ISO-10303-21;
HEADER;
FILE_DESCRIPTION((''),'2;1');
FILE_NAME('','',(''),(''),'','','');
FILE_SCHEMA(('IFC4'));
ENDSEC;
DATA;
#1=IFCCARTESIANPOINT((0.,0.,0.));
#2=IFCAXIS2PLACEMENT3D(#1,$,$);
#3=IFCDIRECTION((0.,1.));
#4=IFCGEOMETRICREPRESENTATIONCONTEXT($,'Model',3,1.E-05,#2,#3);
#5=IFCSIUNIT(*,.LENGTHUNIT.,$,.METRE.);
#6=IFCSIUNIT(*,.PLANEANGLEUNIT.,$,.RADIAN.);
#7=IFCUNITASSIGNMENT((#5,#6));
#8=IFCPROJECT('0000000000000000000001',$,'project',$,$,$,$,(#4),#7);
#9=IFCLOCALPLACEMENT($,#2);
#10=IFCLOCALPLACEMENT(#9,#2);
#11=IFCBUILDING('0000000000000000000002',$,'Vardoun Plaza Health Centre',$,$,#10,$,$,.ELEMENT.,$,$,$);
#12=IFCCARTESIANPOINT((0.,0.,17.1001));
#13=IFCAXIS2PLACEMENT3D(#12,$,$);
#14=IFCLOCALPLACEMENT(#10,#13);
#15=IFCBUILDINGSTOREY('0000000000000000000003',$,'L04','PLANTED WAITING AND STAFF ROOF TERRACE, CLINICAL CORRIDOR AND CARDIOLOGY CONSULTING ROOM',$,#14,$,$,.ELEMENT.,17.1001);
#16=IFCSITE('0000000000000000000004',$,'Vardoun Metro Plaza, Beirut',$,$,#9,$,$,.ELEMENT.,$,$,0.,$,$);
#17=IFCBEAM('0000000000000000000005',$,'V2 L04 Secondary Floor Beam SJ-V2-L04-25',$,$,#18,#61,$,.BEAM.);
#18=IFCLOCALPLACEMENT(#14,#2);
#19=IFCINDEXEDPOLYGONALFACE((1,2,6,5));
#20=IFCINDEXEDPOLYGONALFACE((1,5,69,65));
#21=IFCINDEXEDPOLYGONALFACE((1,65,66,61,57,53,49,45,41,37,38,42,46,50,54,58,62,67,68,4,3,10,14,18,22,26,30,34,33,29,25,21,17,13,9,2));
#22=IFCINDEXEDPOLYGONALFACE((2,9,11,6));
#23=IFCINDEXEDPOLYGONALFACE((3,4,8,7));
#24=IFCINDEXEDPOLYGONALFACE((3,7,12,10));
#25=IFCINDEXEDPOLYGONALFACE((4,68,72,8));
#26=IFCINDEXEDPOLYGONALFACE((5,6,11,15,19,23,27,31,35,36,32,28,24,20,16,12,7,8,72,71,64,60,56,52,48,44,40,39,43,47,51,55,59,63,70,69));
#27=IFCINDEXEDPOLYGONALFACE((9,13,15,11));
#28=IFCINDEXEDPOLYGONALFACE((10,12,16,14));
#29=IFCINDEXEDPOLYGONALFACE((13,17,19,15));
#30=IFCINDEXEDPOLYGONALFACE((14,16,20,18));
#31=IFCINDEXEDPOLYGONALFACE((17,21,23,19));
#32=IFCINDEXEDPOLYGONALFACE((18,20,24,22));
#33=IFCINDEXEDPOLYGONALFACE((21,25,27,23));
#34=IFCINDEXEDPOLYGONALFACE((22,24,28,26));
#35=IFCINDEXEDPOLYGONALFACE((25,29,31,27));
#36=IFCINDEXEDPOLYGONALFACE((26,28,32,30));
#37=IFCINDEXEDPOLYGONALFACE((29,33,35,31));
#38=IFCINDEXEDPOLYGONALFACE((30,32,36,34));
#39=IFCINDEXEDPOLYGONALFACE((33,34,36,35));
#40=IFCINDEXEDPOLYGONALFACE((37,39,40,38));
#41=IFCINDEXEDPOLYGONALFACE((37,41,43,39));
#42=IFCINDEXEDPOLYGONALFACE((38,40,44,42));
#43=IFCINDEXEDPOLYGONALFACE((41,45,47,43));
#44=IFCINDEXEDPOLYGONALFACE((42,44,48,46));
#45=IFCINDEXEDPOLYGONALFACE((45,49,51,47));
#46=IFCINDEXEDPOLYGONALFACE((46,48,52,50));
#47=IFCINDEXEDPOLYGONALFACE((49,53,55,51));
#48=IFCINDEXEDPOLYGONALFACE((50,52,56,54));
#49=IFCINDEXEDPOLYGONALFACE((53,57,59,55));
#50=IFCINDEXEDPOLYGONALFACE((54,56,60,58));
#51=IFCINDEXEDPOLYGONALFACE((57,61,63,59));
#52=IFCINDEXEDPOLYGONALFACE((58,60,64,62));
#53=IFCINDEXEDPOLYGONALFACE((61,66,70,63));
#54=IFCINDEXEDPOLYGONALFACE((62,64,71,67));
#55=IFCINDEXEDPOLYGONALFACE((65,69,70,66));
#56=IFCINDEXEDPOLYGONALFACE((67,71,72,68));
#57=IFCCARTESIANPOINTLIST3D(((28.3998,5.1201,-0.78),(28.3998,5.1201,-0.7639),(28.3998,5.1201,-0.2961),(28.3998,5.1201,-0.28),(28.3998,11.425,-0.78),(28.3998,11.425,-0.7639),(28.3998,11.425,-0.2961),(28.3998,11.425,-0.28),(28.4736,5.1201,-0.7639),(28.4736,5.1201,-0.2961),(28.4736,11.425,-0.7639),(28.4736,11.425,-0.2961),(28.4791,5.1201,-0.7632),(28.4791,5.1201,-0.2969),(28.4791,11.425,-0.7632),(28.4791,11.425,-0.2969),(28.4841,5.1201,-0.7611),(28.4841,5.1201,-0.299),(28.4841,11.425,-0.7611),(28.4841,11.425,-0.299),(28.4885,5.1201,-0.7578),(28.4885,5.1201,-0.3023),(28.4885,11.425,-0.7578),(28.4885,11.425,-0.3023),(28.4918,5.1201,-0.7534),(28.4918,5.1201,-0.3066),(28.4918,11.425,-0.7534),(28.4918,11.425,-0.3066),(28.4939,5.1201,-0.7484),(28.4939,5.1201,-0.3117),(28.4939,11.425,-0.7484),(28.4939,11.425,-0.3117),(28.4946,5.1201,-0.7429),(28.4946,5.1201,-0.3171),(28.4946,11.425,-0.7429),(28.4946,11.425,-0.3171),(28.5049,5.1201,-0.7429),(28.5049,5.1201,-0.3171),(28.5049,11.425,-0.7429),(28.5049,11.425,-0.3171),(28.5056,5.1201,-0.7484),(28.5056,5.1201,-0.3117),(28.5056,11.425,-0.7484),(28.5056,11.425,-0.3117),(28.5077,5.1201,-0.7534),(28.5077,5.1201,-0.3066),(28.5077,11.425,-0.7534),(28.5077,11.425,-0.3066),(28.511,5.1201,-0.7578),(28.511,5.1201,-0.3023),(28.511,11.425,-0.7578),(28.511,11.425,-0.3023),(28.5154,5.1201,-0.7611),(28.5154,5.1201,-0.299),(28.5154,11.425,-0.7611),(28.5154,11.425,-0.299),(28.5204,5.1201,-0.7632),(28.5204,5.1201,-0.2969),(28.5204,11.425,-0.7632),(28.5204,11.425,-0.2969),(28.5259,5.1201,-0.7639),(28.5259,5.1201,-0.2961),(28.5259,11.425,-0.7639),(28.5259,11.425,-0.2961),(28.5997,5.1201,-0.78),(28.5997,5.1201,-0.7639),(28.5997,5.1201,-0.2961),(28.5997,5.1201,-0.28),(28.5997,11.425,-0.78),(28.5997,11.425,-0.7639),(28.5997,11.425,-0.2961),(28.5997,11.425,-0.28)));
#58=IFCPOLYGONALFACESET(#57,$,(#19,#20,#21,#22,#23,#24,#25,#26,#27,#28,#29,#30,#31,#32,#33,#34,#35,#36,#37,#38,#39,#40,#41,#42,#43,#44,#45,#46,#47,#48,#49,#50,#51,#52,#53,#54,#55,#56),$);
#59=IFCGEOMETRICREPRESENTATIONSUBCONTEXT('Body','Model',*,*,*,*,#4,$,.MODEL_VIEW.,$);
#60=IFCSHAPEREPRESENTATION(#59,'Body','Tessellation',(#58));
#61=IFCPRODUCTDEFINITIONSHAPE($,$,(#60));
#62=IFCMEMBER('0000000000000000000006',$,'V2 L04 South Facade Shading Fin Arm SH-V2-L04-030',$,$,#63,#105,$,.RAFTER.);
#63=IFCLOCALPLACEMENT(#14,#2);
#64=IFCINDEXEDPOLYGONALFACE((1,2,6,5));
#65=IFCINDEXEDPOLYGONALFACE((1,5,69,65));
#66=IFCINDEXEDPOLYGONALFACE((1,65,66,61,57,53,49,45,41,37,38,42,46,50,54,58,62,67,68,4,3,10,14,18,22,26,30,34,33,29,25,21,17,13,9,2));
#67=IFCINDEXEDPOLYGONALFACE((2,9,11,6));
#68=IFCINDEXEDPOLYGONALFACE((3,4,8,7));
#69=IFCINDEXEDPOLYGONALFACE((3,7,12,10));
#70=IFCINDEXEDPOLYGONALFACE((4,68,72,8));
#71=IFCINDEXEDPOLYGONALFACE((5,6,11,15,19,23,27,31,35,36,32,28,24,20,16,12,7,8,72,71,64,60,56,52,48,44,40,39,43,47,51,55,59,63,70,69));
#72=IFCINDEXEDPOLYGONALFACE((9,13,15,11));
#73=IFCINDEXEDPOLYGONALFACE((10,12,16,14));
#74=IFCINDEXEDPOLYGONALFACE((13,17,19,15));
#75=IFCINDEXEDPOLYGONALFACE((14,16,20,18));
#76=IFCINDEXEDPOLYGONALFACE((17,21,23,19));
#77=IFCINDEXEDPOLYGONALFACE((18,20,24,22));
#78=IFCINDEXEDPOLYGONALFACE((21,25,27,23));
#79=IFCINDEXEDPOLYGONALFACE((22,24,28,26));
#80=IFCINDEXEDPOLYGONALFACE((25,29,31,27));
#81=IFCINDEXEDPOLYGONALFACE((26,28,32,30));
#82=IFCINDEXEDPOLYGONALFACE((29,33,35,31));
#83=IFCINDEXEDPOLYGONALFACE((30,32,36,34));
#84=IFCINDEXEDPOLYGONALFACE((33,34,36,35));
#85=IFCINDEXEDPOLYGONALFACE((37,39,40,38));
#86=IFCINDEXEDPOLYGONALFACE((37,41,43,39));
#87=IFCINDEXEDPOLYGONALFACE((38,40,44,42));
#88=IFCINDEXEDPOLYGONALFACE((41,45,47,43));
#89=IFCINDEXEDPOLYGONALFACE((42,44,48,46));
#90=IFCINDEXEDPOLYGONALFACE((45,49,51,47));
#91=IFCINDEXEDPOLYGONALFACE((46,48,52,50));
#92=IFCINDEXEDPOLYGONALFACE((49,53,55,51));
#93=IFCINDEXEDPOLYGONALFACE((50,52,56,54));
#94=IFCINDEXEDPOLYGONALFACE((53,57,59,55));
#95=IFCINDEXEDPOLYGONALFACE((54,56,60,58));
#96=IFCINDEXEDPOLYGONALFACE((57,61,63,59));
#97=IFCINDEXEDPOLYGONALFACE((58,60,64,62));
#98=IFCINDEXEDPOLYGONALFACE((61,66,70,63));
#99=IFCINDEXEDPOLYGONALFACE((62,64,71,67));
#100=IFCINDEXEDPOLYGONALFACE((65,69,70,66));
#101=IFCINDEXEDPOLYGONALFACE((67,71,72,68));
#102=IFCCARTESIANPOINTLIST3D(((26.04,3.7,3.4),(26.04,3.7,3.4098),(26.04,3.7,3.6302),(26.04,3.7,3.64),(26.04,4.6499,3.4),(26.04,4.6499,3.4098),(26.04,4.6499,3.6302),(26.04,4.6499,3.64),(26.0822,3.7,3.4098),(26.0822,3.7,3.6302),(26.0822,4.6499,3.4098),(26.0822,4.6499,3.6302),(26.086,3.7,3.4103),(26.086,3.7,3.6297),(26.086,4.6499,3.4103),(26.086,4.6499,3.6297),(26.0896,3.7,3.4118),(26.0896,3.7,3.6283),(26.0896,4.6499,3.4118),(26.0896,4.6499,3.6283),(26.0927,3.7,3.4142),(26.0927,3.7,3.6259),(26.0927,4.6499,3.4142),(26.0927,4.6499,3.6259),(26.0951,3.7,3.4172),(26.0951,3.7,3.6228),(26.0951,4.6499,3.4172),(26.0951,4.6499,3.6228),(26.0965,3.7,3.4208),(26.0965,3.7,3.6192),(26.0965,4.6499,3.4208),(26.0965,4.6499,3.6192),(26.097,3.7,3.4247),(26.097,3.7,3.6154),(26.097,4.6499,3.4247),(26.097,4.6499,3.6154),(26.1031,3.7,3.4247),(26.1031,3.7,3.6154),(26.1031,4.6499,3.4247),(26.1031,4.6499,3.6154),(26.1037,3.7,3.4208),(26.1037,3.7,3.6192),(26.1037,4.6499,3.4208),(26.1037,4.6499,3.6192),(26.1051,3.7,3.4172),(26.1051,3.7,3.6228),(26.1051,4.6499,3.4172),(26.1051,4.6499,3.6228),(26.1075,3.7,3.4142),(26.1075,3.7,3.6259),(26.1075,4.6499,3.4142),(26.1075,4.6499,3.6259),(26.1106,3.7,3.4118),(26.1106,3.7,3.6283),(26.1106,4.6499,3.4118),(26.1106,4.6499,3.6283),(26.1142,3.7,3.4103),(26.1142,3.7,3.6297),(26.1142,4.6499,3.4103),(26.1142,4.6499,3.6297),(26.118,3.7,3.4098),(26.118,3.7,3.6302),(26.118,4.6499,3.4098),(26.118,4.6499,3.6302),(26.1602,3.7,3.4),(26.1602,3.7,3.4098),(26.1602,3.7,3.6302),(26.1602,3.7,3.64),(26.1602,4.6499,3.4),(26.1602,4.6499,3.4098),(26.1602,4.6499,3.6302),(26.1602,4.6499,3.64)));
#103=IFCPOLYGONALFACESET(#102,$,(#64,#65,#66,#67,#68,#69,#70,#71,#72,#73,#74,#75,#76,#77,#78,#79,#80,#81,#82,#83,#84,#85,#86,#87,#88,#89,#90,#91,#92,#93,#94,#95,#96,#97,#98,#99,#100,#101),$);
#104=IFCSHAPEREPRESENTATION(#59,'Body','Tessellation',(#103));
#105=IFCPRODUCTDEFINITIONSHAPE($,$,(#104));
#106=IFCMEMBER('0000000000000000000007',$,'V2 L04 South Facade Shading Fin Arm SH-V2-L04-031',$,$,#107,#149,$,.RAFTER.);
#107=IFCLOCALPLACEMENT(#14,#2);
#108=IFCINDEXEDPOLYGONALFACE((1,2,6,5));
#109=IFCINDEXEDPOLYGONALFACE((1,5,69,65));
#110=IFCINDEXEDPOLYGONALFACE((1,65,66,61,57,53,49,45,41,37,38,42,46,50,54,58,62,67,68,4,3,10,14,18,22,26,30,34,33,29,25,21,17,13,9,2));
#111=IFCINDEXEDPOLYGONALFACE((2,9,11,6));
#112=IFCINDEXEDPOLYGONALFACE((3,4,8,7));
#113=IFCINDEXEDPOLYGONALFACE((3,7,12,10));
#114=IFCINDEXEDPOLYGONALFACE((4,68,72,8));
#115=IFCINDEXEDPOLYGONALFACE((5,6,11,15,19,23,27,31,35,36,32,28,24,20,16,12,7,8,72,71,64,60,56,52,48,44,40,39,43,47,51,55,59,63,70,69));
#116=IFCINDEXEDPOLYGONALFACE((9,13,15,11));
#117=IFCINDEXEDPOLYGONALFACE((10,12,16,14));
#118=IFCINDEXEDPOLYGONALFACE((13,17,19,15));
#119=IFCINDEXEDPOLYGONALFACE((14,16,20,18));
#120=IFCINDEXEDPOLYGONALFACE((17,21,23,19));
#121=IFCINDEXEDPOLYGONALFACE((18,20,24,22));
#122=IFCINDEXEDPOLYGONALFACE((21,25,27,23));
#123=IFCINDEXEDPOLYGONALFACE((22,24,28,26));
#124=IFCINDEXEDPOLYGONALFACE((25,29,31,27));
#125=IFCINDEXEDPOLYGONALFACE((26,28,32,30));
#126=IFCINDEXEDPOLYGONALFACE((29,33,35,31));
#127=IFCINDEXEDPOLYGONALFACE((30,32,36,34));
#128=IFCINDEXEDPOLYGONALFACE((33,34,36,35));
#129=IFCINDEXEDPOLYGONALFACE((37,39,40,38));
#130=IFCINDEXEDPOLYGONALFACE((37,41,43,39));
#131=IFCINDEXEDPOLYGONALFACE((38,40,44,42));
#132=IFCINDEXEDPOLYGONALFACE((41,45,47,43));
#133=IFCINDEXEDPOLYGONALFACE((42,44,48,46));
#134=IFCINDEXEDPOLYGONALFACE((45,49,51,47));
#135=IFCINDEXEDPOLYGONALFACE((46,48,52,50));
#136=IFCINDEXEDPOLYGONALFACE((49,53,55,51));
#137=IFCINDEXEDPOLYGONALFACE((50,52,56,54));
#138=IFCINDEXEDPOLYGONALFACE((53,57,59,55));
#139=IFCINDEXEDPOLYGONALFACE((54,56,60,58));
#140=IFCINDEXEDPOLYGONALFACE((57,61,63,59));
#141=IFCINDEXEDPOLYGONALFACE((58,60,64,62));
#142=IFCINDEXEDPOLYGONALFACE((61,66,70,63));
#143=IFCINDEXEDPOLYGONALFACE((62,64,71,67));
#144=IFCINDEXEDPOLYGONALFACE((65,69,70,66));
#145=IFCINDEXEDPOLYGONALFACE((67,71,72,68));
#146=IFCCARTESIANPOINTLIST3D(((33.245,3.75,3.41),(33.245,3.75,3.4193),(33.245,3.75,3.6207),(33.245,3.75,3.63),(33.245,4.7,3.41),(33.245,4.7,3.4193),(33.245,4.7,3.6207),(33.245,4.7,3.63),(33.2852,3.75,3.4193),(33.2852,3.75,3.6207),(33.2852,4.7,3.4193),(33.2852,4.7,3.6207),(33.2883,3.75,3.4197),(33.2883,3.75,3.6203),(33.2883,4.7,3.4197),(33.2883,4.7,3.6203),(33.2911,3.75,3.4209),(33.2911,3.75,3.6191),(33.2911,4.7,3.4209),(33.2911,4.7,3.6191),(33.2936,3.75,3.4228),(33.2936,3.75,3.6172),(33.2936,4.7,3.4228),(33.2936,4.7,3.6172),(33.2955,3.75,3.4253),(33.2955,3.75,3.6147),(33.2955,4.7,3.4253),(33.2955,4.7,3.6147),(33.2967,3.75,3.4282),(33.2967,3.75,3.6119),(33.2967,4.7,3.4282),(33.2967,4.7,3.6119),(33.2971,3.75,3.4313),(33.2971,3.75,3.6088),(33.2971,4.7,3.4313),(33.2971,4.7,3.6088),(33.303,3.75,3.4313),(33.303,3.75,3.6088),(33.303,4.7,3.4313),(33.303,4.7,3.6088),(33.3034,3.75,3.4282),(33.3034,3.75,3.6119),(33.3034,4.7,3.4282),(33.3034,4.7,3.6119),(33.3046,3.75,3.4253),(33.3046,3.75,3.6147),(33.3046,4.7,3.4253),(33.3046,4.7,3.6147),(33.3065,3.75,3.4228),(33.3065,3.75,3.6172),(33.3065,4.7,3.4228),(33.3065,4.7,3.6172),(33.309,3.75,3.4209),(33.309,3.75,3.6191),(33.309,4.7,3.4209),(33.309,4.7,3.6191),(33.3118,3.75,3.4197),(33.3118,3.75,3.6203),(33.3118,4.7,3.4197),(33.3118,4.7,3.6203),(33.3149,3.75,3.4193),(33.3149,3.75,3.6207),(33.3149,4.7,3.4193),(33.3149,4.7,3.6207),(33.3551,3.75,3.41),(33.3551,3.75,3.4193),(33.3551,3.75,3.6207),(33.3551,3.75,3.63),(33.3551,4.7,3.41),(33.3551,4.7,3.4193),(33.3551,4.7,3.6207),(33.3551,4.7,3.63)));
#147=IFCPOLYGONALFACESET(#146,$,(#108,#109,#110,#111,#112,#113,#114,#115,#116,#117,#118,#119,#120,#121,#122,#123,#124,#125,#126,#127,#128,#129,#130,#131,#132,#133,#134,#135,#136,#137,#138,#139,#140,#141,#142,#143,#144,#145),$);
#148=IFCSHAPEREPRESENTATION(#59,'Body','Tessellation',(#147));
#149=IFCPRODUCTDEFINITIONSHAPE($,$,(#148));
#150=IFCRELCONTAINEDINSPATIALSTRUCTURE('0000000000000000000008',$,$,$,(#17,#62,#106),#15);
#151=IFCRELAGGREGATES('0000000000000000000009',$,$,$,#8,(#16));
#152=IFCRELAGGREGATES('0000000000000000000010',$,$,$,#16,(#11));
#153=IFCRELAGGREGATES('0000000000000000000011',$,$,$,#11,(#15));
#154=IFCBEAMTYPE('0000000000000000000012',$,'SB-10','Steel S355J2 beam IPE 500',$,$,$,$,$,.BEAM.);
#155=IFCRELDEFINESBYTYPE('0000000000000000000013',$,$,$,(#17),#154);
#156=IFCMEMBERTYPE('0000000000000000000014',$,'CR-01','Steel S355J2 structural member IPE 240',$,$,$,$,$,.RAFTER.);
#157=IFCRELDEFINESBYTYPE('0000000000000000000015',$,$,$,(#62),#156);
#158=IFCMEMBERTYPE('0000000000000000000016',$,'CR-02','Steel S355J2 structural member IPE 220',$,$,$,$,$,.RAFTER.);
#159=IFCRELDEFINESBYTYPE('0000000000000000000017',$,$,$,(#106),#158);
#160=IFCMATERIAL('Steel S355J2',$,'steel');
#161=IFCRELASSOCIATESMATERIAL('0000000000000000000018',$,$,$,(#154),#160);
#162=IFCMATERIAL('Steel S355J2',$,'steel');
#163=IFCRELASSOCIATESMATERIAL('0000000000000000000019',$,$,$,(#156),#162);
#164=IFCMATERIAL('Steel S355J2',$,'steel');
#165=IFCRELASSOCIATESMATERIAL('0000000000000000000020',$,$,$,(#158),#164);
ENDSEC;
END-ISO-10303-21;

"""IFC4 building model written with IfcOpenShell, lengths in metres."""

from ifc_helpers import new_model, si_unit, direction, frame, origin, origin_2d, place, context, subcontext, project, spatial, i_section, extrude, material, material_profile, profile_set, type_object, element, save


model = new_model("IFC4")

# Units and contexts
model_context = context("Model", 3, precision=1e-05, world=origin(), true_north=direction((0.0, 1.0)))
body_context = subcontext(model_context, "Body", "Model", "MODEL_VIEW")
ifc_project = project(units=[si_unit("LENGTHUNIT", "METRE"), si_unit("PLANEANGLEUNIT", "RADIAN")], contexts=[model_context])

# Site, building, storey
site_placement = place(None, origin())
site = spatial("IfcSite", under=ifc_project, at=site_placement, Name="Vardoun Metro Plaza, Beirut", CompositionType="ELEMENT", RefElevation=0.0)
building_placement = place(site_placement, origin())
building = spatial("IfcBuilding", under=site, at=building_placement, Name="Vardoun Plaza Health Centre", CompositionType="ELEMENT")
storey_placement = place(building_placement, frame((0.0, 0.0, 17.1001)))
storey = spatial("IfcBuildingStorey", under=building, at=storey_placement, Name="L04", Description="PLANTED WAITING AND STAFF ROOF TERRACE, CLINICAL CORRIDOR AND CARDIOLOGY CONSULTING ROOM", CompositionType="ELEMENT", Elevation=17.1001)

# Beam
ifc_material_1 = material(Name="Steel S355J2", Category="steel")
ifc_material_profile_1 = material_profile(ifc_material_1, i_section(OverallWidth=0.2, OverallDepth=0.5, WebThickness=0.0103, FlangeThickness=0.0161, FilletRadius=0.021, at=origin_2d()), Name="IPE 500")
ifc_profile_set_1 = profile_set([ifc_material_profile_1], Name="Steel S355J2")
beam_type_1 = type_object("IfcBeamType", Name="SB-10", Description="Steel S355J2 beam IPE 500", PredefinedType="BEAM", material=ifc_profile_set_1)
beam_1_placement = place(storey_placement, frame((28.4998, 5.1201, -0.53), z_axis=(0.0, 1.0, 0.0), x_axis=(-1.0, 0.0, 0.0)))
element("IfcBeam", 1, at=beam_1_placement, inside=storey, type_object=beam_type_1, Name="V2 L04 Secondary Floor Beam SJ-V2-L04-25", PredefinedType="BEAM", context=body_context, shape_type="SweptSolid", body=[
    extrude(i_section(OverallWidth=0.2, OverallDepth=0.5, WebThickness=0.0103, FlangeThickness=0.0161, FilletRadius=0.021, at=origin_2d()), origin(), (0.0, 0.0, 1.0), 6.3049),
])

# Members
ifc_material_2 = material(Name="Steel S355J2", Category="steel")
ifc_material_profile_2 = material_profile(ifc_material_2, i_section(OverallWidth=0.1201, OverallDepth=0.24, WebThickness=0.0061, FlangeThickness=0.0098, FilletRadius=0.0149, at=origin_2d()), Name="IPE 240")
ifc_profile_set_2 = profile_set([ifc_material_profile_2], Name="Steel S355J2")
member_type_1 = type_object("IfcMemberType", Name="CR-01", Description="Steel S355J2 structural member IPE 240", PredefinedType="RAFTER", material=ifc_profile_set_2)
member_1_placement = place(storey_placement, frame((26.1001, 4.6499, 3.52), z_axis=(0.0, -1.0, 0.0), x_axis=(1.0, 0.0, 0.0)))
element("IfcMember", 2, at=member_1_placement, inside=storey, type_object=member_type_1, Name="V2 L04 South Facade Shading Fin Arm SH-V2-L04-030", PredefinedType="RAFTER", context=body_context, shape_type="SweptSolid", body=[
    extrude(i_section(OverallWidth=0.1201, OverallDepth=0.24, WebThickness=0.0061, FlangeThickness=0.0098, FilletRadius=0.0149, at=origin_2d()), origin(), (0.0, 0.0, 1.0), 0.95),
])
ifc_material_3 = material(Name="Steel S355J2", Category="steel")
ifc_material_profile_3 = material_profile(ifc_material_3, i_section(OverallWidth=0.1101, OverallDepth=0.22, WebThickness=0.0059, FlangeThickness=0.0093, FilletRadius=0.012, at=origin_2d()), Name="IPE 220")
ifc_profile_set_3 = profile_set([ifc_material_profile_3], Name="Steel S355J2")
member_type_2 = type_object("IfcMemberType", Name="CR-02", Description="Steel S355J2 structural member IPE 220", PredefinedType="RAFTER", material=ifc_profile_set_3)
member_2_placement = place(storey_placement, frame((33.3, 4.7, 3.52), z_axis=(0.0, -1.0, 0.0), x_axis=(1.0, 0.0, 0.0)))
element("IfcMember", 3, at=member_2_placement, inside=storey, type_object=member_type_2, Name="V2 L04 South Facade Shading Fin Arm SH-V2-L04-031", PredefinedType="RAFTER", context=body_context, shape_type="SweptSolid", body=[
    extrude(i_section(OverallWidth=0.1101, OverallDepth=0.22, WebThickness=0.0059, FlangeThickness=0.0093, FilletRadius=0.012, at=origin_2d()), origin(), (0.0, 0.0, 1.0), 0.95),
])

save(model, "model.ifc")
